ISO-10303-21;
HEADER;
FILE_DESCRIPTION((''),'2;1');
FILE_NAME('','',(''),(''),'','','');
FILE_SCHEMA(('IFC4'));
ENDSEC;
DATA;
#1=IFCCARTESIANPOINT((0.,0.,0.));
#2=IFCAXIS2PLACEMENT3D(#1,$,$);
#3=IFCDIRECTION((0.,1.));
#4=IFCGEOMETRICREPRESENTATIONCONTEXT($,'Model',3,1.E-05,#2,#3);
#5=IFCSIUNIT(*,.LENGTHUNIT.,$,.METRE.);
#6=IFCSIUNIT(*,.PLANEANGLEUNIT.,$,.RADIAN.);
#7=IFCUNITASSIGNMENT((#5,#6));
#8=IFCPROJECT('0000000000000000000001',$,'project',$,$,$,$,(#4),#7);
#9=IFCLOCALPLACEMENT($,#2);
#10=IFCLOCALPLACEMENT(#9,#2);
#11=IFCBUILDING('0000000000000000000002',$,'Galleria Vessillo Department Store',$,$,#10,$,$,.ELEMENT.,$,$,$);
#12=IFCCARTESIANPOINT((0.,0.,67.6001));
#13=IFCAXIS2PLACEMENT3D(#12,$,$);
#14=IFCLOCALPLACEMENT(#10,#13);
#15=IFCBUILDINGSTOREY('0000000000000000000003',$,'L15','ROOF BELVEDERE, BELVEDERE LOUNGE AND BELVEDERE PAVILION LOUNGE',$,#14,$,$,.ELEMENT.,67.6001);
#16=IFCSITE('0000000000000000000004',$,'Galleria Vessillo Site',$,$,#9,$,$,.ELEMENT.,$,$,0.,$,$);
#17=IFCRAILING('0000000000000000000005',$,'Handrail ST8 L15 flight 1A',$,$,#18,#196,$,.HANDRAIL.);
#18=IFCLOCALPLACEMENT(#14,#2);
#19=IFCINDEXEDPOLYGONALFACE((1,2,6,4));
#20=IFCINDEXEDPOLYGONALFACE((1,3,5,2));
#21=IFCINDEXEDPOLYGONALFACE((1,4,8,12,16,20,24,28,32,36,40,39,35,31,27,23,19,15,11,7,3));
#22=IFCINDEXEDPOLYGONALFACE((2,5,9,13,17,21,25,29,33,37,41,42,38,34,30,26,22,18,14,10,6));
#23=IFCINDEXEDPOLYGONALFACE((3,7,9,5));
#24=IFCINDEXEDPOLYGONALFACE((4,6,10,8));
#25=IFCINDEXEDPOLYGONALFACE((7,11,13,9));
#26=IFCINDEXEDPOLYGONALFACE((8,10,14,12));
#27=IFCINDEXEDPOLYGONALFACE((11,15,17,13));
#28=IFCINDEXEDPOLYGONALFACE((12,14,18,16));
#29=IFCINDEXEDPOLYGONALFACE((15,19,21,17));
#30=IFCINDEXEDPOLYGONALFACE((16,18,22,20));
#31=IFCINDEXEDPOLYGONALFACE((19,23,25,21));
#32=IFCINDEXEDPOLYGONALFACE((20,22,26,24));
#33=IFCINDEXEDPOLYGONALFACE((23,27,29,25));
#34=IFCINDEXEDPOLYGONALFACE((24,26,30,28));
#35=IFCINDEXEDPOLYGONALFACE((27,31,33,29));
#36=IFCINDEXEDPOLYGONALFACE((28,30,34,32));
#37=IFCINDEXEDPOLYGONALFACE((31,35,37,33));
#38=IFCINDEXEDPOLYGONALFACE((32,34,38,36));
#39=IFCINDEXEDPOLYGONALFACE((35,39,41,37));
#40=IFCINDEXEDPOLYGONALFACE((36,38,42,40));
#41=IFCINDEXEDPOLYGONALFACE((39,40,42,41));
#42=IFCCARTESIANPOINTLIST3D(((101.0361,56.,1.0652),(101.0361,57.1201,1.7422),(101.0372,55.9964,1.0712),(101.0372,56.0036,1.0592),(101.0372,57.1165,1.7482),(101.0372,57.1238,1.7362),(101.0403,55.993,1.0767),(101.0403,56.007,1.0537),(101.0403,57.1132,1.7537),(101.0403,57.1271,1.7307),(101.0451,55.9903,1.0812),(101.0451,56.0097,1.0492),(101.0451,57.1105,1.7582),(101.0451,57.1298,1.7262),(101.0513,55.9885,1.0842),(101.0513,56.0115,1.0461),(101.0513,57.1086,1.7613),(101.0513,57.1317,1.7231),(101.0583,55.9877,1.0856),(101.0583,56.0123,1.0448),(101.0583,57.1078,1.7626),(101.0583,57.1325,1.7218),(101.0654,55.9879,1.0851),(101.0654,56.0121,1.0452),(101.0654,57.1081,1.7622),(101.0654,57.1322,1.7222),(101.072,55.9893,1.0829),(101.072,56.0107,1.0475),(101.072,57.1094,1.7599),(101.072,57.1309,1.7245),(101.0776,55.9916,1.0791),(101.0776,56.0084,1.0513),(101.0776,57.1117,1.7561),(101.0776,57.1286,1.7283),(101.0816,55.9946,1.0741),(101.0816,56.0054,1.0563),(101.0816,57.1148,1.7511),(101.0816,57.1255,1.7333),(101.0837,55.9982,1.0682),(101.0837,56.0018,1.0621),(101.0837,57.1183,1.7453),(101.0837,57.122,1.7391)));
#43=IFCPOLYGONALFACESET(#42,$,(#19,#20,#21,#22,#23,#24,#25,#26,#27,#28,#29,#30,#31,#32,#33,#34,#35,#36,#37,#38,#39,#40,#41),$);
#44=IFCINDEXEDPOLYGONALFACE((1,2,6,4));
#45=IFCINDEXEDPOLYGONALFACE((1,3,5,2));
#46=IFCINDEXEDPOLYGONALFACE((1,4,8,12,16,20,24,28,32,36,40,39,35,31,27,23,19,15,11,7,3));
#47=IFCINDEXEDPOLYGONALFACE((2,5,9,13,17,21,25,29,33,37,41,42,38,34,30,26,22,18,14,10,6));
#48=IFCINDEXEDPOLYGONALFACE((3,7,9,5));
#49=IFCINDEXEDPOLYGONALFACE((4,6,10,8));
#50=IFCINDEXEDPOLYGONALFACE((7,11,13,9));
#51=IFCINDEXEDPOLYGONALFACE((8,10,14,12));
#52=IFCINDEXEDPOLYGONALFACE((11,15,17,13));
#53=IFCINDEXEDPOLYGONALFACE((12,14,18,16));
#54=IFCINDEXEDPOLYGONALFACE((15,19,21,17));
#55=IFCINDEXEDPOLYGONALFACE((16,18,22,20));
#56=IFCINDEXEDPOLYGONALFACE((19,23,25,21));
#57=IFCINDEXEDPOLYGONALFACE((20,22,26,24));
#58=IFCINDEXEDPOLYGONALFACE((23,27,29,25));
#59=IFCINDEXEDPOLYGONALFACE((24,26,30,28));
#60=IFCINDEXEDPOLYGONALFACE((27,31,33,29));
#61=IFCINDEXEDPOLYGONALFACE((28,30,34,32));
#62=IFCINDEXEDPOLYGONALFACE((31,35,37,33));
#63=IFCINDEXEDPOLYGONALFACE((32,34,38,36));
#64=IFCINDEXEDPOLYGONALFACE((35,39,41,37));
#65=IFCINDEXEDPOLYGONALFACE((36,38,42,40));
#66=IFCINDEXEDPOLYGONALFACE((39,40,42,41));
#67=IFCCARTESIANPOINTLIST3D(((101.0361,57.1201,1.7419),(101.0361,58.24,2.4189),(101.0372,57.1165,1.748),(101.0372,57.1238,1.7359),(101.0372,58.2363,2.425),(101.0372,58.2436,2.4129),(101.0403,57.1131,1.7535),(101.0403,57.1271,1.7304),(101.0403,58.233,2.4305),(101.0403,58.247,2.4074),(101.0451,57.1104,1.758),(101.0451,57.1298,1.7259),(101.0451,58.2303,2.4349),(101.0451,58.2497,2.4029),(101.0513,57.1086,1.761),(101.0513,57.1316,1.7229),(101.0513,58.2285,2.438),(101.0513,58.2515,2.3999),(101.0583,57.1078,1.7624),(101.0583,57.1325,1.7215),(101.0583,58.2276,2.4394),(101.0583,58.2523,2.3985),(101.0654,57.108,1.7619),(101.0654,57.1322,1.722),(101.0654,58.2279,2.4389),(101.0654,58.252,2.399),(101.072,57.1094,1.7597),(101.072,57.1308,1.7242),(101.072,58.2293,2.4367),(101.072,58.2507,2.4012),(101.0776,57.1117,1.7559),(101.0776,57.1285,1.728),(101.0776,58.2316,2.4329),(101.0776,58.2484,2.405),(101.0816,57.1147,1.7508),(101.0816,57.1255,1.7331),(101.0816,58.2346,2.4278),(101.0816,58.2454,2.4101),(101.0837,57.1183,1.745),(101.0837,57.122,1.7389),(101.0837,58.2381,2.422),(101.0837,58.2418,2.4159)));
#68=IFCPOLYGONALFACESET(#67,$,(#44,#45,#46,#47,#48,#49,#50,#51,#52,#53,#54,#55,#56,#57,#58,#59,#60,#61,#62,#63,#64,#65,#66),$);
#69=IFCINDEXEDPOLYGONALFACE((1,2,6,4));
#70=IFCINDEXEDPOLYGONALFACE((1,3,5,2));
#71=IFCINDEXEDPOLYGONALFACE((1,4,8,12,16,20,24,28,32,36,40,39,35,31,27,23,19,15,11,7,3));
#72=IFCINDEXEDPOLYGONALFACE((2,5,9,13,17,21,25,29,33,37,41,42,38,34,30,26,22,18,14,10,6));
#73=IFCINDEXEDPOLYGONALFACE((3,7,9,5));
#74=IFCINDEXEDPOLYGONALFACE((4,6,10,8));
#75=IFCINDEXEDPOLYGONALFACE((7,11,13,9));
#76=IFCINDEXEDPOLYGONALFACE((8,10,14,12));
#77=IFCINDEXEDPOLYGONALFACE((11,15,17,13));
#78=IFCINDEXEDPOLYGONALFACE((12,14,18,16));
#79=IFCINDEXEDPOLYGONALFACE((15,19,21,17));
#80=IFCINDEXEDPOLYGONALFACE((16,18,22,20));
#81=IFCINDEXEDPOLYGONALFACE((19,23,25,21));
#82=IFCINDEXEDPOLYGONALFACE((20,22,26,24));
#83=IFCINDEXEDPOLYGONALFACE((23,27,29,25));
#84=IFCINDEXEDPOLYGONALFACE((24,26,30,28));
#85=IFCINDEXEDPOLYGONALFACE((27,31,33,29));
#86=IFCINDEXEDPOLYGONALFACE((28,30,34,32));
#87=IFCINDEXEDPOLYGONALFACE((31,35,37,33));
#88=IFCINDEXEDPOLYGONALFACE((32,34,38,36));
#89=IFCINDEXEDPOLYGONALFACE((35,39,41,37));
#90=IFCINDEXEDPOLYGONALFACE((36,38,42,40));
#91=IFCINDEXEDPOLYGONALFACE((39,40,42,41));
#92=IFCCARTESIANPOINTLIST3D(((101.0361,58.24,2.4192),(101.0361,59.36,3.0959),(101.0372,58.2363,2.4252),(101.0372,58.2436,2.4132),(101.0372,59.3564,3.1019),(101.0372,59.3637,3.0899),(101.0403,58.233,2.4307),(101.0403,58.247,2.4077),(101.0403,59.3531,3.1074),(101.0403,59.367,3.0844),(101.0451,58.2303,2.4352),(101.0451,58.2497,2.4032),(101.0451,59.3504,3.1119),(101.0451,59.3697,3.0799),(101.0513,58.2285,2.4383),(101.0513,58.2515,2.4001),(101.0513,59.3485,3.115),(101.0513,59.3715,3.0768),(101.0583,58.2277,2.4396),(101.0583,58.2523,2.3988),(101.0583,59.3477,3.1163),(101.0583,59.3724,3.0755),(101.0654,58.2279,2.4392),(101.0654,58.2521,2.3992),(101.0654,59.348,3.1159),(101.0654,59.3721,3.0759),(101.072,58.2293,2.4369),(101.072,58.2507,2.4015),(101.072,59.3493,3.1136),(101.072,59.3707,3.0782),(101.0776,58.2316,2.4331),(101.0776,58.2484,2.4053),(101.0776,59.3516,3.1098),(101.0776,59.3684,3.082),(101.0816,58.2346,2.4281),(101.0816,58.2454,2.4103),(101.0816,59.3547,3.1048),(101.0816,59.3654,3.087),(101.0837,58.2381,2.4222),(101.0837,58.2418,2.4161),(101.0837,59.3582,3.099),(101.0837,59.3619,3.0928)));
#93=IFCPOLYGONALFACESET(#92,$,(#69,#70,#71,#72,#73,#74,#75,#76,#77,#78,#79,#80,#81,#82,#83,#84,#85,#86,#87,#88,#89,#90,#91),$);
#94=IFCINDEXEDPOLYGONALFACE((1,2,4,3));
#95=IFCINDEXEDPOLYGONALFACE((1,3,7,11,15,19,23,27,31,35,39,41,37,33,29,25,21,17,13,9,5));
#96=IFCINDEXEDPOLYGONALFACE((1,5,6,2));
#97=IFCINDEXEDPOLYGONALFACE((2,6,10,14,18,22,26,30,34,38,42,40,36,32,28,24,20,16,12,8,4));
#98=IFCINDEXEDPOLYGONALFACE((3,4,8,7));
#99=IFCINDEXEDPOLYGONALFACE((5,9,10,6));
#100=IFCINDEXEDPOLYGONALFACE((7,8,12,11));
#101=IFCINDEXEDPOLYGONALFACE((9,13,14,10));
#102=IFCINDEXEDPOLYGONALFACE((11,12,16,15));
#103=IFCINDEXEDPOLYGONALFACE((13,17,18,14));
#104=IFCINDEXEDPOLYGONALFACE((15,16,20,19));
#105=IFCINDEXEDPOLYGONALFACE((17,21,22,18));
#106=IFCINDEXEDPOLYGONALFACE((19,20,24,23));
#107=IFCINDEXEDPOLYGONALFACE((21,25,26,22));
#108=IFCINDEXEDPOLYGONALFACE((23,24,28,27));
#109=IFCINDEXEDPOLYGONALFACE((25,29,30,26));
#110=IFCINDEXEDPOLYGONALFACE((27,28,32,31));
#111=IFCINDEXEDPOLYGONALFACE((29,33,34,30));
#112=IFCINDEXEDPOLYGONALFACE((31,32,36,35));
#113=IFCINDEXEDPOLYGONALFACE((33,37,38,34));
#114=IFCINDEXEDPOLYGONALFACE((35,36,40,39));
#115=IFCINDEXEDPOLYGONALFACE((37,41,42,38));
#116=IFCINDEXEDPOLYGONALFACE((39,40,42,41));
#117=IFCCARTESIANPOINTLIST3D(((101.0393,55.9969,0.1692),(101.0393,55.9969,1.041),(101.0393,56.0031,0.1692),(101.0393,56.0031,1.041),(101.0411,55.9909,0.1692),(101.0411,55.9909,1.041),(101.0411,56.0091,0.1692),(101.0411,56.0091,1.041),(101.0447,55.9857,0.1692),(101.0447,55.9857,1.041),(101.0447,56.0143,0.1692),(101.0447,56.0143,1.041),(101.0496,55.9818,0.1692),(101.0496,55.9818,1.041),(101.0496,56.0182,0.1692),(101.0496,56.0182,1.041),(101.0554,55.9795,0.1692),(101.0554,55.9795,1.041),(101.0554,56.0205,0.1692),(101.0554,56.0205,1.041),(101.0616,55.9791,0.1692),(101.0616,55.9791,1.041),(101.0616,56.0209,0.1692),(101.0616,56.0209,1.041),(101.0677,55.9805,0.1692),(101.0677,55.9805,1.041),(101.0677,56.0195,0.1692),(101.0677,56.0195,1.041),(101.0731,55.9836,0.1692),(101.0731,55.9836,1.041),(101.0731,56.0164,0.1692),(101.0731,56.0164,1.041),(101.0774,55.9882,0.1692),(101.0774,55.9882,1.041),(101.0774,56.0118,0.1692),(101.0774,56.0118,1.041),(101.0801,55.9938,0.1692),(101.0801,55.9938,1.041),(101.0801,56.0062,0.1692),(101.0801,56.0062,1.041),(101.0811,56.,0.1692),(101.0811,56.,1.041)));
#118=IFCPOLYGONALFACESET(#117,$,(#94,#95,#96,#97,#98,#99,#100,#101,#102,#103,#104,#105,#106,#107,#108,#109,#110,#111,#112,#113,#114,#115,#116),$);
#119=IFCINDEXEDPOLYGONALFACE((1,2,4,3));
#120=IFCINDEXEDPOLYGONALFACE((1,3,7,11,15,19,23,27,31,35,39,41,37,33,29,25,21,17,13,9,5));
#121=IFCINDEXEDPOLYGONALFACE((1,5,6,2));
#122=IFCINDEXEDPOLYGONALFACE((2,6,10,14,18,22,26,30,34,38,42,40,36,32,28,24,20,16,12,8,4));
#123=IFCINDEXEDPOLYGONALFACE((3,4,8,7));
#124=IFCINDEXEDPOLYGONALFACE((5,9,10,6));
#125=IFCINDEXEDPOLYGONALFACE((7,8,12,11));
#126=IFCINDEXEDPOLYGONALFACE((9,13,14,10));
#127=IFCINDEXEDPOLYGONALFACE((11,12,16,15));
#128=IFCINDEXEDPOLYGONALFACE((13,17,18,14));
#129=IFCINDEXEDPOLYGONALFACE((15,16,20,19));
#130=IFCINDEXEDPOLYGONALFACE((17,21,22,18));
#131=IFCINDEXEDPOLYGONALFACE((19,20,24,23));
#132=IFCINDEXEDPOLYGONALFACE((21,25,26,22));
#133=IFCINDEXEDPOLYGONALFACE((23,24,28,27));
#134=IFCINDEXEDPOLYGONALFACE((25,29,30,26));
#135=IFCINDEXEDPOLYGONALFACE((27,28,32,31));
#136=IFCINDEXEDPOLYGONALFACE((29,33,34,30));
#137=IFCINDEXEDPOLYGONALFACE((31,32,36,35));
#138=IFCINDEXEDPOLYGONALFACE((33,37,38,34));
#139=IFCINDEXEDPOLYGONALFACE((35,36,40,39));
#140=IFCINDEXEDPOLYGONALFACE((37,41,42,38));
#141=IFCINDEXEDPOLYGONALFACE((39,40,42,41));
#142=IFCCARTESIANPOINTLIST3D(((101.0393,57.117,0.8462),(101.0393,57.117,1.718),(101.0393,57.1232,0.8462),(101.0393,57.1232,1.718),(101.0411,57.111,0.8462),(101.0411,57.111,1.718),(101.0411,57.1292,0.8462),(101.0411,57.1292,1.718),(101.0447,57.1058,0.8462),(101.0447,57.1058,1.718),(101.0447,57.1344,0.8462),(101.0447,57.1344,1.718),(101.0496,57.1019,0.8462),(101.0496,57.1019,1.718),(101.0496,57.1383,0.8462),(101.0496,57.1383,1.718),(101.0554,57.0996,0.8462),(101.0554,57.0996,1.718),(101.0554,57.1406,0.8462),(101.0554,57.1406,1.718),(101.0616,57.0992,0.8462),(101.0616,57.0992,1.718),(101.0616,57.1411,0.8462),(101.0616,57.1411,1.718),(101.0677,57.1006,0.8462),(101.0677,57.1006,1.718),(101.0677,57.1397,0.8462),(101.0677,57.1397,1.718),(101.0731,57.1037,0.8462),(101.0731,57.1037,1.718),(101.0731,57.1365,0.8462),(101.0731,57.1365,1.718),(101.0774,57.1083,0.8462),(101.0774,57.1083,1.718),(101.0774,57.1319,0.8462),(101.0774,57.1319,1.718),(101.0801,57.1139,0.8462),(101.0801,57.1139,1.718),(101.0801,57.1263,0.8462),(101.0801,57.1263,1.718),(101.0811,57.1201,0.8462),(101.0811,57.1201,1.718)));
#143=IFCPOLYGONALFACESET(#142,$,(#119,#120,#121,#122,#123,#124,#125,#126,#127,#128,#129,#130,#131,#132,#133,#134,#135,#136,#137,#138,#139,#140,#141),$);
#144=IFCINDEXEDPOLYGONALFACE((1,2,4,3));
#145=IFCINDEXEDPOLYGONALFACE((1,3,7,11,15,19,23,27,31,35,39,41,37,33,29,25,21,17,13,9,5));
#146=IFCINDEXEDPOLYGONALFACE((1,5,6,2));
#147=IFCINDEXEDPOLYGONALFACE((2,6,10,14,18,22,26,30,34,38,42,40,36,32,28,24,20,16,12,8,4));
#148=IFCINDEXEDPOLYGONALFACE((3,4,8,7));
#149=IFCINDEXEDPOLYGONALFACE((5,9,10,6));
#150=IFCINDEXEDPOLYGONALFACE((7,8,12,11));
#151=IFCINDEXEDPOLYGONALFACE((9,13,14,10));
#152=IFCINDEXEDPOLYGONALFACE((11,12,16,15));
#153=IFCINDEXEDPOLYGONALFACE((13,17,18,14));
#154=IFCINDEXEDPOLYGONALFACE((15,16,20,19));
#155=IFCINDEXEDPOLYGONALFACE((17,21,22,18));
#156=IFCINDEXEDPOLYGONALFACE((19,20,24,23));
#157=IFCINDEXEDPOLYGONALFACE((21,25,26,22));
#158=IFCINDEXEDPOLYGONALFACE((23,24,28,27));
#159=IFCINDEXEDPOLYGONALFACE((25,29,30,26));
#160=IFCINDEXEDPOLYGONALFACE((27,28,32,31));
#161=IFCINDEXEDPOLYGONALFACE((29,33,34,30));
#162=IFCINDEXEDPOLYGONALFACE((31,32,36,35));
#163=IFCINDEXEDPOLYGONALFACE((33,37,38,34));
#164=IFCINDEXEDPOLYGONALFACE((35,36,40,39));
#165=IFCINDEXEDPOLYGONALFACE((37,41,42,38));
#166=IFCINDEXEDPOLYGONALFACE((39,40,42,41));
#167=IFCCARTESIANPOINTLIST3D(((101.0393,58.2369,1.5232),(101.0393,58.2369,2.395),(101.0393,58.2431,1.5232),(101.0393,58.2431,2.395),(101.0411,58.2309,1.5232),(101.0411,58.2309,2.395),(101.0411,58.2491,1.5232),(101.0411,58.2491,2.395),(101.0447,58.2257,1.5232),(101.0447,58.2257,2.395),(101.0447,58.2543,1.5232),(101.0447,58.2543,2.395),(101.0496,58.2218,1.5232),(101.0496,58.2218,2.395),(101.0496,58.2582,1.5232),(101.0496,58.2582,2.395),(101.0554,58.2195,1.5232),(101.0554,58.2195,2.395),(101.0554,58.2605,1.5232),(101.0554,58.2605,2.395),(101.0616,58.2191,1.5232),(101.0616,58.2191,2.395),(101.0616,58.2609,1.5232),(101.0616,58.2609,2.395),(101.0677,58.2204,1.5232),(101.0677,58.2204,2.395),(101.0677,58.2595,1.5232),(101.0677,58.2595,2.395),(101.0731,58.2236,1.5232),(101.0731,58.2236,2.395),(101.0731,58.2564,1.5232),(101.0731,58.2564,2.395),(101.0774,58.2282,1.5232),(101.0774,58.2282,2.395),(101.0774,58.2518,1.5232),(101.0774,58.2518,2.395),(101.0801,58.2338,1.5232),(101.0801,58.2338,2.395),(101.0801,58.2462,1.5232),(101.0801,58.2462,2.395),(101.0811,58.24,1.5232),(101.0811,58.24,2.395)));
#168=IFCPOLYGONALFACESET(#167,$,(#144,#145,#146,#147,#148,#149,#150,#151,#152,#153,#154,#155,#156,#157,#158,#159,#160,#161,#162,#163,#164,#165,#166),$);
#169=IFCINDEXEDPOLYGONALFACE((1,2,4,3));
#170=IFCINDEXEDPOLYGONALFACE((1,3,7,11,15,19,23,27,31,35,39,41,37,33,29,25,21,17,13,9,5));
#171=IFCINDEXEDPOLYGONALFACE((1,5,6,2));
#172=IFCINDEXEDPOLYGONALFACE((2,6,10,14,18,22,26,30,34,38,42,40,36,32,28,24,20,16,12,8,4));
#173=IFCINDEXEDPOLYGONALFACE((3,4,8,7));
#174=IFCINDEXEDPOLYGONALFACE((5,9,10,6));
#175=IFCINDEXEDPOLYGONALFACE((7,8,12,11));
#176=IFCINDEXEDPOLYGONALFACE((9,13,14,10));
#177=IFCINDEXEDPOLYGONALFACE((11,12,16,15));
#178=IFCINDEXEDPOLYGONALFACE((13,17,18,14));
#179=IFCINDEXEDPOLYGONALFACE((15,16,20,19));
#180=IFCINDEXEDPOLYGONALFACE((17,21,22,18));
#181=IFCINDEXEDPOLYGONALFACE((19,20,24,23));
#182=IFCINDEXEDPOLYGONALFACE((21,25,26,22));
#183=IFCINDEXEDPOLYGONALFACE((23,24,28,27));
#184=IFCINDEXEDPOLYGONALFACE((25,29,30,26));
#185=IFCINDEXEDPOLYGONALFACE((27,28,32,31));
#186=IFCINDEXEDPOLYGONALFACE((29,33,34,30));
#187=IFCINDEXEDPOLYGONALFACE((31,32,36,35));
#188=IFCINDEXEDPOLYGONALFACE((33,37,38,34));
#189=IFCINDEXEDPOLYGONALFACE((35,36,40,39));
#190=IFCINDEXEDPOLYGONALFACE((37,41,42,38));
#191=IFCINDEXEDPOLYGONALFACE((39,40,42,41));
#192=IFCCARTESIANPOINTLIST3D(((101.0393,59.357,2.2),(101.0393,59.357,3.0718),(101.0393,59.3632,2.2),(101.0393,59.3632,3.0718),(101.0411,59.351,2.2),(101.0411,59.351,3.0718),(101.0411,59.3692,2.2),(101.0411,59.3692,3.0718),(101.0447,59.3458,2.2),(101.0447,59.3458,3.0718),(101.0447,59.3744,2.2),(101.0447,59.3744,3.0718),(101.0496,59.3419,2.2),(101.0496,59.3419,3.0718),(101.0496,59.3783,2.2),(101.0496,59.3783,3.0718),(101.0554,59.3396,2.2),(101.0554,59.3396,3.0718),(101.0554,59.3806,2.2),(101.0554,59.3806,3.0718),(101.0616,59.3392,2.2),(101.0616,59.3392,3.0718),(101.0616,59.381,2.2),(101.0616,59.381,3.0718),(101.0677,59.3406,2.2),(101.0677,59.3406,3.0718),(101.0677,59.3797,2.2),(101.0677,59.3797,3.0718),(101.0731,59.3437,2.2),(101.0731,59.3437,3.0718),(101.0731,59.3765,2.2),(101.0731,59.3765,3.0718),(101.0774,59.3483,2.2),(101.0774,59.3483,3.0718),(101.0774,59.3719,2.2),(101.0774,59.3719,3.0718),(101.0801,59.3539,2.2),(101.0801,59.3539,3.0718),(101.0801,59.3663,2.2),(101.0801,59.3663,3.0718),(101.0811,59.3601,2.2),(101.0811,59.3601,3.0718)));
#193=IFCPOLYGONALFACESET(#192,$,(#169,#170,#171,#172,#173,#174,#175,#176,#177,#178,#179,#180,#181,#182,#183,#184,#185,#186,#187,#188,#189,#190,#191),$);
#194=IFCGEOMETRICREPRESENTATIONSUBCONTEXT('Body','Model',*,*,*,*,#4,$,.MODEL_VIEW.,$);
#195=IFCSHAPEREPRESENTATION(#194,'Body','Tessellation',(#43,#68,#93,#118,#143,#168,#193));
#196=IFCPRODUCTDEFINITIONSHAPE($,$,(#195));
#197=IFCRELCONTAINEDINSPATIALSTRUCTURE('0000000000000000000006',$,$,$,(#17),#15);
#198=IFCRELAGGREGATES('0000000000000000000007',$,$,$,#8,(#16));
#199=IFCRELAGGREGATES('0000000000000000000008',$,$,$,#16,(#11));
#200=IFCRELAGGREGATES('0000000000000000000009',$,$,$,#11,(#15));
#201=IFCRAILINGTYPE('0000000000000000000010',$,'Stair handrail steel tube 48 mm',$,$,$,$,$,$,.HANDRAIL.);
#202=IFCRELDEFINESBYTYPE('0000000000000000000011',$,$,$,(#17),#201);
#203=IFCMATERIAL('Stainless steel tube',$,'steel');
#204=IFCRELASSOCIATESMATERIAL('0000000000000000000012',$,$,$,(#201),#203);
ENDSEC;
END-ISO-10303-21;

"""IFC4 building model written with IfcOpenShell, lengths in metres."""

from ifc_helpers import new_model, si_unit, direction, frame, origin, origin_2d, place, context, subcontext, project, spatial, circle, extrude, material, type_object, element, save


model = new_model("IFC4")

# Units and contexts
model_context = context("Model", 3, precision=1e-05, world=origin(), true_north=direction((0.0, 1.0)))
body_context = subcontext(model_context, "Body", "Model", "MODEL_VIEW")
ifc_project = project(units=[si_unit("LENGTHUNIT", "METRE"), si_unit("PLANEANGLEUNIT", "RADIAN")], contexts=[model_context])

# Site, building, storey
site_placement = place(None, origin())
site = spatial("IfcSite", under=ifc_project, at=site_placement, Name="Galleria Vessillo Site", CompositionType="ELEMENT", RefElevation=0.0)
building_placement = place(site_placement, origin())
building = spatial("IfcBuilding", under=site, at=building_placement, Name="Galleria Vessillo Department Store", CompositionType="ELEMENT")
storey_placement = place(building_placement, frame((0.0, 0.0, 67.6001)))
storey = spatial("IfcBuildingStorey", under=building, at=storey_placement, Name="L15", Description="ROOF BELVEDERE, BELVEDERE LOUNGE AND BELVEDERE PAVILION LOUNGE", CompositionType="ELEMENT", Elevation=67.6001)

# Railing
ifc_material_1 = material(Name="Stainless steel tube", Category="steel")
railing_type_1 = type_object("IfcRailingType", Name="Stair handrail steel tube 48 mm", PredefinedType="HANDRAIL", material=ifc_material_1)
for number, where, name in (
    (1, (101.0601, 56.0, 0.1692), "Handrail ST8 L15 flight 1A"),
):
    element("IfcRailing", number, at=place(storey_placement, frame(where)), inside=storey, type_object=railing_type_1, Name=name, PredefinedType="HANDRAIL", context=body_context, shape_type="SweptSolid", body=[
        extrude(circle(Radius=0.0239, at=origin_2d()), frame((0.0, 0.0, 0.896), z_axis=(0.0, 0.855826, 0.517264), x_axis=(-1.0, 0.0, 0.0)), (0.0, 0.0, 1.0), 1.3088),
        extrude(circle(Radius=0.0239, at=origin_2d()), frame((0.0, 1.1201, 1.5728), z_axis=(0.0, 0.855776, 0.517346), x_axis=(-1.0, 0.0, 0.0)), (0.0, 0.0, 1.0), 1.3086),
        extrude(circle(Radius=0.0239, at=origin_2d()), frame((0.0, 2.24, 2.25), z_axis=(0.0, 0.855909, 0.517127), x_axis=(-1.0, 0.0, 0.0)), (0.0, 0.0, 1.0), 1.3086),
        extrude(circle(Radius=0.021, at=origin_2d()), origin(), (0.0, 0.0, 1.0), 0.8718),
        extrude(circle(Radius=0.021, at=origin_2d()), frame((0.0, 1.1201, 0.677)), (0.0, 0.0, 1.0), 0.8718),
        extrude(circle(Radius=0.021, at=origin_2d()), frame((0.0, 2.24, 1.354)), (0.0, 0.0, 1.0), 0.8718),
        extrude(circle(Radius=0.021, at=origin_2d()), frame((0.0, 3.3601, 2.0308)), (0.0, 0.0, 1.0), 0.8718),
    ])

save(model, "model.ifc")
